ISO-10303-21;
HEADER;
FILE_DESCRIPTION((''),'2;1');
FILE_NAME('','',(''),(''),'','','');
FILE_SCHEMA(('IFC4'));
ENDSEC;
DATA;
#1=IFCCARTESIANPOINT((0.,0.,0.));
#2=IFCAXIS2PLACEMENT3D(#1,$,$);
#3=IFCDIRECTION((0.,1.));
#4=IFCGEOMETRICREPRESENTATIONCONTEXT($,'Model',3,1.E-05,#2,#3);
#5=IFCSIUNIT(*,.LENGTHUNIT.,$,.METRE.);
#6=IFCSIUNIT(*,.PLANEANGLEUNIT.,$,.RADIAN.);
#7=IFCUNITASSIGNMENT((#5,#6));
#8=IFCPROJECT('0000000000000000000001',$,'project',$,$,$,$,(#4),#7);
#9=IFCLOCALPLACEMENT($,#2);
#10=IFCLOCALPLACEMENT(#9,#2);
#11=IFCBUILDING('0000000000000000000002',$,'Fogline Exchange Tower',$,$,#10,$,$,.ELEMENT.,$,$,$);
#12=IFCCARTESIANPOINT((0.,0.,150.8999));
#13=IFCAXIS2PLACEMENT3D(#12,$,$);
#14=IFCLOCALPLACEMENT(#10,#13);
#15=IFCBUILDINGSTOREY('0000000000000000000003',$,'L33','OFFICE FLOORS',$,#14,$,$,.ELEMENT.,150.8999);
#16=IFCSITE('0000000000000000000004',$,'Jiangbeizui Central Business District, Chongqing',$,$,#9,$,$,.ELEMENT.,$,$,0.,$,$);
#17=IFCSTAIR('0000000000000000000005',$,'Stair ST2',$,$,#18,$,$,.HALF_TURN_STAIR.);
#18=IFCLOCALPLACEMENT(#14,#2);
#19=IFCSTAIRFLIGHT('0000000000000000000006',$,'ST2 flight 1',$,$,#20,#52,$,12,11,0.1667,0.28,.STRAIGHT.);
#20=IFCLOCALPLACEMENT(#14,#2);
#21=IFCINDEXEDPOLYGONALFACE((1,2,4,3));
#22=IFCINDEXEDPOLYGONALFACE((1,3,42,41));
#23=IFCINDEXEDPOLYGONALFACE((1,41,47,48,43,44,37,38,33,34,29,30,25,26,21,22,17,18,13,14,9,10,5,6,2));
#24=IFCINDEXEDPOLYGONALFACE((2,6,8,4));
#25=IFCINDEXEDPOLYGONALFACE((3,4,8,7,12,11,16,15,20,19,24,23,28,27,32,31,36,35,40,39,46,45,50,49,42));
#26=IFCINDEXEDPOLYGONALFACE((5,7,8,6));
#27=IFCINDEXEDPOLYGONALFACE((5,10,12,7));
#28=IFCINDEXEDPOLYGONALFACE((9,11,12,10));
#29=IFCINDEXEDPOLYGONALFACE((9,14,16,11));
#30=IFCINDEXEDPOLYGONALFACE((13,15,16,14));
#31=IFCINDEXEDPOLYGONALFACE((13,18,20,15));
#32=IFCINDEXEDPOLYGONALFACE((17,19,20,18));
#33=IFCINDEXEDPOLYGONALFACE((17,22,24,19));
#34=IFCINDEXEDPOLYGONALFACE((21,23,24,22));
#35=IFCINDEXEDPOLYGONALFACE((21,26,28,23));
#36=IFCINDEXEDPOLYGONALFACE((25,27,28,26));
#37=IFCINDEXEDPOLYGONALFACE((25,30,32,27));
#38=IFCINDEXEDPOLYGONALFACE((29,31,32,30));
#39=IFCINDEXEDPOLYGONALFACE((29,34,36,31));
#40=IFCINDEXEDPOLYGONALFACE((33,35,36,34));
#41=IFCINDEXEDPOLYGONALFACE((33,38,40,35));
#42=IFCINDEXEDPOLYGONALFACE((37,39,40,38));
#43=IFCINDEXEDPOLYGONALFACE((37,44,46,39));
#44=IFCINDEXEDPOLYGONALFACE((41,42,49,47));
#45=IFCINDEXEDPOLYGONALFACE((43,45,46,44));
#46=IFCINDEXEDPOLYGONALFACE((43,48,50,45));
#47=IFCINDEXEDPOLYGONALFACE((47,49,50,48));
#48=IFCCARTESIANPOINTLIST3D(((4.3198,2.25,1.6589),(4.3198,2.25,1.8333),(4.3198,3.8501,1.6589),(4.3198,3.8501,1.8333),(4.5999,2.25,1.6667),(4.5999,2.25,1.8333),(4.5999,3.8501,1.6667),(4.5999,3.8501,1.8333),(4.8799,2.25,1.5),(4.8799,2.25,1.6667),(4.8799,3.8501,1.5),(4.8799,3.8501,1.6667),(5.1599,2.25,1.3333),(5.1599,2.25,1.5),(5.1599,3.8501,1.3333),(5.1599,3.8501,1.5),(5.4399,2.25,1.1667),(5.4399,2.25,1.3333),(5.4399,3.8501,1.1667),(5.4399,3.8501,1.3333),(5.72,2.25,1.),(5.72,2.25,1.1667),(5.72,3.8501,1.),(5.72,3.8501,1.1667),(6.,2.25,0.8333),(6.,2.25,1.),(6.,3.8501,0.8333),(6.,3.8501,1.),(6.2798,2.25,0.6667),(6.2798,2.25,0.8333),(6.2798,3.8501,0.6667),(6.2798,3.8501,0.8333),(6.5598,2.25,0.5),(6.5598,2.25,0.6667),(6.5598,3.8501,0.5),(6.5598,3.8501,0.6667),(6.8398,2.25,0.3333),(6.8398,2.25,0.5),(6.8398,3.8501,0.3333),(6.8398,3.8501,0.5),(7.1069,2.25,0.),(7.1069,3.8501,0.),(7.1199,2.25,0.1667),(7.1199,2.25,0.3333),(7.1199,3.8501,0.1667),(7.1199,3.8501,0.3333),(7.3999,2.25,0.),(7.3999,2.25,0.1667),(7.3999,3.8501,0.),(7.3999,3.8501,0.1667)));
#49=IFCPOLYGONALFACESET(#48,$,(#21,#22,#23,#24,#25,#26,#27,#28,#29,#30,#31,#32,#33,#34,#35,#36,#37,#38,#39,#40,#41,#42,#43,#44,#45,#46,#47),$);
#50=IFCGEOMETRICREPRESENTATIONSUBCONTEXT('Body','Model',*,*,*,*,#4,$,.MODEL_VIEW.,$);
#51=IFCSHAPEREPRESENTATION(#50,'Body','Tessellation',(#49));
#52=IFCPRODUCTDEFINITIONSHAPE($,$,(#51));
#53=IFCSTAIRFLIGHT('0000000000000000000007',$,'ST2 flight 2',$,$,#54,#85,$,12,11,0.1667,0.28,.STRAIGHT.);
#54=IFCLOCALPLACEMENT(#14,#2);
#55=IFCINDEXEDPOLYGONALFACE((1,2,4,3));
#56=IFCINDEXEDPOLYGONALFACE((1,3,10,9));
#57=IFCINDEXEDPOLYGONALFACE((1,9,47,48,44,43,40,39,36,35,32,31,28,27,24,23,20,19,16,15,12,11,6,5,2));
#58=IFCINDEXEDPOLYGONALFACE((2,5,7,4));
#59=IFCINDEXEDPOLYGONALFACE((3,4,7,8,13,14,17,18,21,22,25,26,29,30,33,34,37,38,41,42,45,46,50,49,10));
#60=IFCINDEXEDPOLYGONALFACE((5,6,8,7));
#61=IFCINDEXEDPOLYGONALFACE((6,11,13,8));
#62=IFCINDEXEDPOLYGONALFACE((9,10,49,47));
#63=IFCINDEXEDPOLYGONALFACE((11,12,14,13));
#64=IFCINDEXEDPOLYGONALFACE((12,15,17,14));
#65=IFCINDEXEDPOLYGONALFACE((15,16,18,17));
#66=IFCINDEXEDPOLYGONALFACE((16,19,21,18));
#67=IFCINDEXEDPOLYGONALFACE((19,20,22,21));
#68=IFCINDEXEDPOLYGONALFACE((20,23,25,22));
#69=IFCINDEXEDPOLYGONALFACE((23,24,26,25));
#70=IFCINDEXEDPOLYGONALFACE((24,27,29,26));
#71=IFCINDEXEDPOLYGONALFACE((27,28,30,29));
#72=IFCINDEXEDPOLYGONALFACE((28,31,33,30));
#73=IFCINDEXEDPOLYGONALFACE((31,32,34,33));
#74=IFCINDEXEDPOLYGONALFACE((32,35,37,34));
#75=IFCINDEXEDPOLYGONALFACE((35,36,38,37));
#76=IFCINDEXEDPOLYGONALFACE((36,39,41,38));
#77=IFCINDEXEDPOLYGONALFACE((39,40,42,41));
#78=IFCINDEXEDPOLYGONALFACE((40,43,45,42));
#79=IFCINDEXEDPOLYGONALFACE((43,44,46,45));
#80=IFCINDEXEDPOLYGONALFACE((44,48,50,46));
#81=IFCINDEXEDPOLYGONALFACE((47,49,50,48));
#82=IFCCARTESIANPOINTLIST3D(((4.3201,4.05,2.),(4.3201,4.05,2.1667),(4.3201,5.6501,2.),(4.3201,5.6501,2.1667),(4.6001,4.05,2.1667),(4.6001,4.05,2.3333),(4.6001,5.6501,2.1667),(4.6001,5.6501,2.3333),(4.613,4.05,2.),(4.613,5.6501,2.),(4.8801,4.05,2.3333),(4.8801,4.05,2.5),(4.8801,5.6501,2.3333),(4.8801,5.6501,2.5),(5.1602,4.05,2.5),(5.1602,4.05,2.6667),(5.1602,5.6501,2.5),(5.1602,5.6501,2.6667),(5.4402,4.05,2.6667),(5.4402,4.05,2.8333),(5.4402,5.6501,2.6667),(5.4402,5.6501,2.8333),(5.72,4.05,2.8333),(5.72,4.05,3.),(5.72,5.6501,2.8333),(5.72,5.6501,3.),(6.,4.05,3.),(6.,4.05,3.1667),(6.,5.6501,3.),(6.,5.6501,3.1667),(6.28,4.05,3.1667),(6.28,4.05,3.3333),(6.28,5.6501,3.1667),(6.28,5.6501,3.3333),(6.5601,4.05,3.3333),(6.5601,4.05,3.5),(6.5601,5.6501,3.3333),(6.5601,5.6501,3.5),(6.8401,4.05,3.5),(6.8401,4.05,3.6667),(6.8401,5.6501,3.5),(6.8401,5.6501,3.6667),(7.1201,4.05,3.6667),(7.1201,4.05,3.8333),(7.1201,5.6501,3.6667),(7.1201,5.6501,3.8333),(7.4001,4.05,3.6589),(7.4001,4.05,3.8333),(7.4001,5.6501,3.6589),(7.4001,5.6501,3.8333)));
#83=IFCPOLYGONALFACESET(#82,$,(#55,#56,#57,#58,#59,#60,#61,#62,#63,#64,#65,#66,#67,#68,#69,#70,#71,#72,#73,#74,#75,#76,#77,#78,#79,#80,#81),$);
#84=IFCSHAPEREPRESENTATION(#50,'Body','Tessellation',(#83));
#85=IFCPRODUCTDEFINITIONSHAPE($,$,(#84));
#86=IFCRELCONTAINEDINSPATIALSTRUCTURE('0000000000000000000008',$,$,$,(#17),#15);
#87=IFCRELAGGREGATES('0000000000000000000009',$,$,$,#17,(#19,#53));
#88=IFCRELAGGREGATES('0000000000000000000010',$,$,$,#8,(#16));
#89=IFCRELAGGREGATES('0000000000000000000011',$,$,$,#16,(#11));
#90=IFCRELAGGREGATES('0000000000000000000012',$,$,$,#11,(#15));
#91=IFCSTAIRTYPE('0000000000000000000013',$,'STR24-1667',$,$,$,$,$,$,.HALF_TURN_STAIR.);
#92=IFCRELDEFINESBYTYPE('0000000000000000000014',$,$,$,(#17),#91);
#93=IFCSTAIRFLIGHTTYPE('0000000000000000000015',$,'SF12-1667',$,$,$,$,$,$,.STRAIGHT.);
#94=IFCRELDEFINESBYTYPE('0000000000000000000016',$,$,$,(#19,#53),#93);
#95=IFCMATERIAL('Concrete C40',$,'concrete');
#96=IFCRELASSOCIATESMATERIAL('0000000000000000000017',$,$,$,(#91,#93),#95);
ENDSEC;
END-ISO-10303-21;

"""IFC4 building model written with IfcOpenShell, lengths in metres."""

from ifc_helpers import new_model, si_unit, direction, frame, origin, place, context, subcontext, project, spatial, polyline, outline, extrude, material, type_object, element, aggregate, save


model = new_model("IFC4")

# Units and contexts
model_context = context("Model", 3, precision=1e-05, world=origin(), true_north=direction((0.0, 1.0)))
body_context = subcontext(model_context, "Body", "Model", "MODEL_VIEW")
ifc_project = project(units=[si_unit("LENGTHUNIT", "METRE"), si_unit("PLANEANGLEUNIT", "RADIAN")], contexts=[model_context])

# Site, building, storey
site_placement = place(None, origin())
site = spatial("IfcSite", under=ifc_project, at=site_placement, Name="Jiangbeizui Central Business District, Chongqing", CompositionType="ELEMENT", RefElevation=0.0)
building_placement = place(site_placement, origin())
building = spatial("IfcBuilding", under=site, at=building_placement, Name="Fogline Exchange Tower", CompositionType="ELEMENT")
storey_placement = place(building_placement, frame((0.0, 0.0, 150.8999)))
storey = spatial("IfcBuildingStorey", under=building, at=storey_placement, Name="L33", Description="OFFICE FLOORS", CompositionType="ELEMENT", Elevation=150.8999)

# Shared definitions
ifc_material_1 = material(Name="Concrete C40", Category="concrete")

# Stair
stair_type = type_object("IfcStairType", Name="STR24-1667", PredefinedType="HALF_TURN_STAIR", material=ifc_material_1)
stair_1_placement = place(storey_placement, origin())
stair_1 = element("IfcStair", 1, at=stair_1_placement, inside=storey, type_object=stair_type, Name="Stair ST2", PredefinedType="HALF_TURN_STAIR")

# Stair flights
stair_flight_type = type_object("IfcStairFlightType", Name="SF12-1667", PredefinedType="STRAIGHT", material=ifc_material_1)
stair_flight_1_placement = place(storey_placement, frame((7.3999, 3.05, 0.0), z_axis=(0.0, 0.0, 1.0), x_axis=(-1.0, 0.0, 0.0)))
stair_flight_1 = element("IfcStairFlight", 2, at=stair_flight_1_placement, type_object=stair_flight_type, Name="ST2 flight 1", NumberOfRisers=12, NumberOfTreads=11, PredefinedType="STRAIGHT", RiserHeight=0.1667, TreadLength=0.28, context=body_context, shape_type="SweptSolid", body=[
    extrude(outline(polyline([(0.0, 0.0), (0.0, 0.1667), (0.28, 0.1667), (0.28, 0.3333), (0.5601, 0.3333), (0.5601, 0.5), (0.8401, 0.5), (0.8401, 0.6667), (1.1201, 0.6667), (1.1201, 0.8333), (1.3999, 0.8333), (1.3999, 1.0), (1.6799, 1.0), (1.6799, 1.1667), (1.96, 1.1667), (1.96, 1.3333), (2.24, 1.3333), (2.24, 1.5), (2.52, 1.5), (2.52, 1.6667), (2.8, 1.6667), (2.8, 1.8333), (3.0801, 1.8333), (3.0801, 2.0), (3.0801, 1.6589), (0.293, 0.0), (0.0, 0.0)])), frame((0.0, 0.8, 0.0), z_axis=(0.0, -1.0, 0.0), x_axis=(1.0, 0.0, 0.0)), (0.0, 0.0, 1.0), 1.6001),
])
stair_flight_2_placement = place(storey_placement, frame((4.3201, 4.8501, 2.0), z_axis=(0.0, 0.0, 1.0), x_axis=(1.0, 0.0, 0.0)))
stair_flight_2 = element("IfcStairFlight", 3, at=stair_flight_2_placement, type_object=stair_flight_type, Name="ST2 flight 2", NumberOfRisers=12, NumberOfTreads=11, PredefinedType="STRAIGHT", RiserHeight=0.1667, TreadLength=0.28, context=body_context, shape_type="SweptSolid", body=[
    extrude(outline(polyline([(0.0, 0.0), (0.0, 0.1667), (0.28, 0.1667), (0.28, 0.3333), (0.5601, 0.3333), (0.5601, 0.5), (0.8401, 0.5), (0.8401, 0.6667), (1.1201, 0.6667), (1.1201, 0.8333), (1.3999, 0.8333), (1.3999, 1.0), (1.6799, 1.0), (1.6799, 1.1667), (1.96, 1.1667), (1.96, 1.3333), (2.24, 1.3333), (2.24, 1.5), (2.52, 1.5), (2.52, 1.6667), (2.8, 1.6667), (2.8, 1.8333), (3.0801, 1.8333), (3.0801, 2.0), (3.0801, 1.6589), (0.293, 0.0), (0.0, 0.0)])), frame((0.0, 0.8, 0.0), z_axis=(0.0, -1.0, 0.0), x_axis=(1.0, 0.0, 0.0)), (0.0, 0.0, 1.0), 1.6001),
])
aggregate(stair_1, [stair_flight_1, stair_flight_2])

save(model, "model.ifc")
